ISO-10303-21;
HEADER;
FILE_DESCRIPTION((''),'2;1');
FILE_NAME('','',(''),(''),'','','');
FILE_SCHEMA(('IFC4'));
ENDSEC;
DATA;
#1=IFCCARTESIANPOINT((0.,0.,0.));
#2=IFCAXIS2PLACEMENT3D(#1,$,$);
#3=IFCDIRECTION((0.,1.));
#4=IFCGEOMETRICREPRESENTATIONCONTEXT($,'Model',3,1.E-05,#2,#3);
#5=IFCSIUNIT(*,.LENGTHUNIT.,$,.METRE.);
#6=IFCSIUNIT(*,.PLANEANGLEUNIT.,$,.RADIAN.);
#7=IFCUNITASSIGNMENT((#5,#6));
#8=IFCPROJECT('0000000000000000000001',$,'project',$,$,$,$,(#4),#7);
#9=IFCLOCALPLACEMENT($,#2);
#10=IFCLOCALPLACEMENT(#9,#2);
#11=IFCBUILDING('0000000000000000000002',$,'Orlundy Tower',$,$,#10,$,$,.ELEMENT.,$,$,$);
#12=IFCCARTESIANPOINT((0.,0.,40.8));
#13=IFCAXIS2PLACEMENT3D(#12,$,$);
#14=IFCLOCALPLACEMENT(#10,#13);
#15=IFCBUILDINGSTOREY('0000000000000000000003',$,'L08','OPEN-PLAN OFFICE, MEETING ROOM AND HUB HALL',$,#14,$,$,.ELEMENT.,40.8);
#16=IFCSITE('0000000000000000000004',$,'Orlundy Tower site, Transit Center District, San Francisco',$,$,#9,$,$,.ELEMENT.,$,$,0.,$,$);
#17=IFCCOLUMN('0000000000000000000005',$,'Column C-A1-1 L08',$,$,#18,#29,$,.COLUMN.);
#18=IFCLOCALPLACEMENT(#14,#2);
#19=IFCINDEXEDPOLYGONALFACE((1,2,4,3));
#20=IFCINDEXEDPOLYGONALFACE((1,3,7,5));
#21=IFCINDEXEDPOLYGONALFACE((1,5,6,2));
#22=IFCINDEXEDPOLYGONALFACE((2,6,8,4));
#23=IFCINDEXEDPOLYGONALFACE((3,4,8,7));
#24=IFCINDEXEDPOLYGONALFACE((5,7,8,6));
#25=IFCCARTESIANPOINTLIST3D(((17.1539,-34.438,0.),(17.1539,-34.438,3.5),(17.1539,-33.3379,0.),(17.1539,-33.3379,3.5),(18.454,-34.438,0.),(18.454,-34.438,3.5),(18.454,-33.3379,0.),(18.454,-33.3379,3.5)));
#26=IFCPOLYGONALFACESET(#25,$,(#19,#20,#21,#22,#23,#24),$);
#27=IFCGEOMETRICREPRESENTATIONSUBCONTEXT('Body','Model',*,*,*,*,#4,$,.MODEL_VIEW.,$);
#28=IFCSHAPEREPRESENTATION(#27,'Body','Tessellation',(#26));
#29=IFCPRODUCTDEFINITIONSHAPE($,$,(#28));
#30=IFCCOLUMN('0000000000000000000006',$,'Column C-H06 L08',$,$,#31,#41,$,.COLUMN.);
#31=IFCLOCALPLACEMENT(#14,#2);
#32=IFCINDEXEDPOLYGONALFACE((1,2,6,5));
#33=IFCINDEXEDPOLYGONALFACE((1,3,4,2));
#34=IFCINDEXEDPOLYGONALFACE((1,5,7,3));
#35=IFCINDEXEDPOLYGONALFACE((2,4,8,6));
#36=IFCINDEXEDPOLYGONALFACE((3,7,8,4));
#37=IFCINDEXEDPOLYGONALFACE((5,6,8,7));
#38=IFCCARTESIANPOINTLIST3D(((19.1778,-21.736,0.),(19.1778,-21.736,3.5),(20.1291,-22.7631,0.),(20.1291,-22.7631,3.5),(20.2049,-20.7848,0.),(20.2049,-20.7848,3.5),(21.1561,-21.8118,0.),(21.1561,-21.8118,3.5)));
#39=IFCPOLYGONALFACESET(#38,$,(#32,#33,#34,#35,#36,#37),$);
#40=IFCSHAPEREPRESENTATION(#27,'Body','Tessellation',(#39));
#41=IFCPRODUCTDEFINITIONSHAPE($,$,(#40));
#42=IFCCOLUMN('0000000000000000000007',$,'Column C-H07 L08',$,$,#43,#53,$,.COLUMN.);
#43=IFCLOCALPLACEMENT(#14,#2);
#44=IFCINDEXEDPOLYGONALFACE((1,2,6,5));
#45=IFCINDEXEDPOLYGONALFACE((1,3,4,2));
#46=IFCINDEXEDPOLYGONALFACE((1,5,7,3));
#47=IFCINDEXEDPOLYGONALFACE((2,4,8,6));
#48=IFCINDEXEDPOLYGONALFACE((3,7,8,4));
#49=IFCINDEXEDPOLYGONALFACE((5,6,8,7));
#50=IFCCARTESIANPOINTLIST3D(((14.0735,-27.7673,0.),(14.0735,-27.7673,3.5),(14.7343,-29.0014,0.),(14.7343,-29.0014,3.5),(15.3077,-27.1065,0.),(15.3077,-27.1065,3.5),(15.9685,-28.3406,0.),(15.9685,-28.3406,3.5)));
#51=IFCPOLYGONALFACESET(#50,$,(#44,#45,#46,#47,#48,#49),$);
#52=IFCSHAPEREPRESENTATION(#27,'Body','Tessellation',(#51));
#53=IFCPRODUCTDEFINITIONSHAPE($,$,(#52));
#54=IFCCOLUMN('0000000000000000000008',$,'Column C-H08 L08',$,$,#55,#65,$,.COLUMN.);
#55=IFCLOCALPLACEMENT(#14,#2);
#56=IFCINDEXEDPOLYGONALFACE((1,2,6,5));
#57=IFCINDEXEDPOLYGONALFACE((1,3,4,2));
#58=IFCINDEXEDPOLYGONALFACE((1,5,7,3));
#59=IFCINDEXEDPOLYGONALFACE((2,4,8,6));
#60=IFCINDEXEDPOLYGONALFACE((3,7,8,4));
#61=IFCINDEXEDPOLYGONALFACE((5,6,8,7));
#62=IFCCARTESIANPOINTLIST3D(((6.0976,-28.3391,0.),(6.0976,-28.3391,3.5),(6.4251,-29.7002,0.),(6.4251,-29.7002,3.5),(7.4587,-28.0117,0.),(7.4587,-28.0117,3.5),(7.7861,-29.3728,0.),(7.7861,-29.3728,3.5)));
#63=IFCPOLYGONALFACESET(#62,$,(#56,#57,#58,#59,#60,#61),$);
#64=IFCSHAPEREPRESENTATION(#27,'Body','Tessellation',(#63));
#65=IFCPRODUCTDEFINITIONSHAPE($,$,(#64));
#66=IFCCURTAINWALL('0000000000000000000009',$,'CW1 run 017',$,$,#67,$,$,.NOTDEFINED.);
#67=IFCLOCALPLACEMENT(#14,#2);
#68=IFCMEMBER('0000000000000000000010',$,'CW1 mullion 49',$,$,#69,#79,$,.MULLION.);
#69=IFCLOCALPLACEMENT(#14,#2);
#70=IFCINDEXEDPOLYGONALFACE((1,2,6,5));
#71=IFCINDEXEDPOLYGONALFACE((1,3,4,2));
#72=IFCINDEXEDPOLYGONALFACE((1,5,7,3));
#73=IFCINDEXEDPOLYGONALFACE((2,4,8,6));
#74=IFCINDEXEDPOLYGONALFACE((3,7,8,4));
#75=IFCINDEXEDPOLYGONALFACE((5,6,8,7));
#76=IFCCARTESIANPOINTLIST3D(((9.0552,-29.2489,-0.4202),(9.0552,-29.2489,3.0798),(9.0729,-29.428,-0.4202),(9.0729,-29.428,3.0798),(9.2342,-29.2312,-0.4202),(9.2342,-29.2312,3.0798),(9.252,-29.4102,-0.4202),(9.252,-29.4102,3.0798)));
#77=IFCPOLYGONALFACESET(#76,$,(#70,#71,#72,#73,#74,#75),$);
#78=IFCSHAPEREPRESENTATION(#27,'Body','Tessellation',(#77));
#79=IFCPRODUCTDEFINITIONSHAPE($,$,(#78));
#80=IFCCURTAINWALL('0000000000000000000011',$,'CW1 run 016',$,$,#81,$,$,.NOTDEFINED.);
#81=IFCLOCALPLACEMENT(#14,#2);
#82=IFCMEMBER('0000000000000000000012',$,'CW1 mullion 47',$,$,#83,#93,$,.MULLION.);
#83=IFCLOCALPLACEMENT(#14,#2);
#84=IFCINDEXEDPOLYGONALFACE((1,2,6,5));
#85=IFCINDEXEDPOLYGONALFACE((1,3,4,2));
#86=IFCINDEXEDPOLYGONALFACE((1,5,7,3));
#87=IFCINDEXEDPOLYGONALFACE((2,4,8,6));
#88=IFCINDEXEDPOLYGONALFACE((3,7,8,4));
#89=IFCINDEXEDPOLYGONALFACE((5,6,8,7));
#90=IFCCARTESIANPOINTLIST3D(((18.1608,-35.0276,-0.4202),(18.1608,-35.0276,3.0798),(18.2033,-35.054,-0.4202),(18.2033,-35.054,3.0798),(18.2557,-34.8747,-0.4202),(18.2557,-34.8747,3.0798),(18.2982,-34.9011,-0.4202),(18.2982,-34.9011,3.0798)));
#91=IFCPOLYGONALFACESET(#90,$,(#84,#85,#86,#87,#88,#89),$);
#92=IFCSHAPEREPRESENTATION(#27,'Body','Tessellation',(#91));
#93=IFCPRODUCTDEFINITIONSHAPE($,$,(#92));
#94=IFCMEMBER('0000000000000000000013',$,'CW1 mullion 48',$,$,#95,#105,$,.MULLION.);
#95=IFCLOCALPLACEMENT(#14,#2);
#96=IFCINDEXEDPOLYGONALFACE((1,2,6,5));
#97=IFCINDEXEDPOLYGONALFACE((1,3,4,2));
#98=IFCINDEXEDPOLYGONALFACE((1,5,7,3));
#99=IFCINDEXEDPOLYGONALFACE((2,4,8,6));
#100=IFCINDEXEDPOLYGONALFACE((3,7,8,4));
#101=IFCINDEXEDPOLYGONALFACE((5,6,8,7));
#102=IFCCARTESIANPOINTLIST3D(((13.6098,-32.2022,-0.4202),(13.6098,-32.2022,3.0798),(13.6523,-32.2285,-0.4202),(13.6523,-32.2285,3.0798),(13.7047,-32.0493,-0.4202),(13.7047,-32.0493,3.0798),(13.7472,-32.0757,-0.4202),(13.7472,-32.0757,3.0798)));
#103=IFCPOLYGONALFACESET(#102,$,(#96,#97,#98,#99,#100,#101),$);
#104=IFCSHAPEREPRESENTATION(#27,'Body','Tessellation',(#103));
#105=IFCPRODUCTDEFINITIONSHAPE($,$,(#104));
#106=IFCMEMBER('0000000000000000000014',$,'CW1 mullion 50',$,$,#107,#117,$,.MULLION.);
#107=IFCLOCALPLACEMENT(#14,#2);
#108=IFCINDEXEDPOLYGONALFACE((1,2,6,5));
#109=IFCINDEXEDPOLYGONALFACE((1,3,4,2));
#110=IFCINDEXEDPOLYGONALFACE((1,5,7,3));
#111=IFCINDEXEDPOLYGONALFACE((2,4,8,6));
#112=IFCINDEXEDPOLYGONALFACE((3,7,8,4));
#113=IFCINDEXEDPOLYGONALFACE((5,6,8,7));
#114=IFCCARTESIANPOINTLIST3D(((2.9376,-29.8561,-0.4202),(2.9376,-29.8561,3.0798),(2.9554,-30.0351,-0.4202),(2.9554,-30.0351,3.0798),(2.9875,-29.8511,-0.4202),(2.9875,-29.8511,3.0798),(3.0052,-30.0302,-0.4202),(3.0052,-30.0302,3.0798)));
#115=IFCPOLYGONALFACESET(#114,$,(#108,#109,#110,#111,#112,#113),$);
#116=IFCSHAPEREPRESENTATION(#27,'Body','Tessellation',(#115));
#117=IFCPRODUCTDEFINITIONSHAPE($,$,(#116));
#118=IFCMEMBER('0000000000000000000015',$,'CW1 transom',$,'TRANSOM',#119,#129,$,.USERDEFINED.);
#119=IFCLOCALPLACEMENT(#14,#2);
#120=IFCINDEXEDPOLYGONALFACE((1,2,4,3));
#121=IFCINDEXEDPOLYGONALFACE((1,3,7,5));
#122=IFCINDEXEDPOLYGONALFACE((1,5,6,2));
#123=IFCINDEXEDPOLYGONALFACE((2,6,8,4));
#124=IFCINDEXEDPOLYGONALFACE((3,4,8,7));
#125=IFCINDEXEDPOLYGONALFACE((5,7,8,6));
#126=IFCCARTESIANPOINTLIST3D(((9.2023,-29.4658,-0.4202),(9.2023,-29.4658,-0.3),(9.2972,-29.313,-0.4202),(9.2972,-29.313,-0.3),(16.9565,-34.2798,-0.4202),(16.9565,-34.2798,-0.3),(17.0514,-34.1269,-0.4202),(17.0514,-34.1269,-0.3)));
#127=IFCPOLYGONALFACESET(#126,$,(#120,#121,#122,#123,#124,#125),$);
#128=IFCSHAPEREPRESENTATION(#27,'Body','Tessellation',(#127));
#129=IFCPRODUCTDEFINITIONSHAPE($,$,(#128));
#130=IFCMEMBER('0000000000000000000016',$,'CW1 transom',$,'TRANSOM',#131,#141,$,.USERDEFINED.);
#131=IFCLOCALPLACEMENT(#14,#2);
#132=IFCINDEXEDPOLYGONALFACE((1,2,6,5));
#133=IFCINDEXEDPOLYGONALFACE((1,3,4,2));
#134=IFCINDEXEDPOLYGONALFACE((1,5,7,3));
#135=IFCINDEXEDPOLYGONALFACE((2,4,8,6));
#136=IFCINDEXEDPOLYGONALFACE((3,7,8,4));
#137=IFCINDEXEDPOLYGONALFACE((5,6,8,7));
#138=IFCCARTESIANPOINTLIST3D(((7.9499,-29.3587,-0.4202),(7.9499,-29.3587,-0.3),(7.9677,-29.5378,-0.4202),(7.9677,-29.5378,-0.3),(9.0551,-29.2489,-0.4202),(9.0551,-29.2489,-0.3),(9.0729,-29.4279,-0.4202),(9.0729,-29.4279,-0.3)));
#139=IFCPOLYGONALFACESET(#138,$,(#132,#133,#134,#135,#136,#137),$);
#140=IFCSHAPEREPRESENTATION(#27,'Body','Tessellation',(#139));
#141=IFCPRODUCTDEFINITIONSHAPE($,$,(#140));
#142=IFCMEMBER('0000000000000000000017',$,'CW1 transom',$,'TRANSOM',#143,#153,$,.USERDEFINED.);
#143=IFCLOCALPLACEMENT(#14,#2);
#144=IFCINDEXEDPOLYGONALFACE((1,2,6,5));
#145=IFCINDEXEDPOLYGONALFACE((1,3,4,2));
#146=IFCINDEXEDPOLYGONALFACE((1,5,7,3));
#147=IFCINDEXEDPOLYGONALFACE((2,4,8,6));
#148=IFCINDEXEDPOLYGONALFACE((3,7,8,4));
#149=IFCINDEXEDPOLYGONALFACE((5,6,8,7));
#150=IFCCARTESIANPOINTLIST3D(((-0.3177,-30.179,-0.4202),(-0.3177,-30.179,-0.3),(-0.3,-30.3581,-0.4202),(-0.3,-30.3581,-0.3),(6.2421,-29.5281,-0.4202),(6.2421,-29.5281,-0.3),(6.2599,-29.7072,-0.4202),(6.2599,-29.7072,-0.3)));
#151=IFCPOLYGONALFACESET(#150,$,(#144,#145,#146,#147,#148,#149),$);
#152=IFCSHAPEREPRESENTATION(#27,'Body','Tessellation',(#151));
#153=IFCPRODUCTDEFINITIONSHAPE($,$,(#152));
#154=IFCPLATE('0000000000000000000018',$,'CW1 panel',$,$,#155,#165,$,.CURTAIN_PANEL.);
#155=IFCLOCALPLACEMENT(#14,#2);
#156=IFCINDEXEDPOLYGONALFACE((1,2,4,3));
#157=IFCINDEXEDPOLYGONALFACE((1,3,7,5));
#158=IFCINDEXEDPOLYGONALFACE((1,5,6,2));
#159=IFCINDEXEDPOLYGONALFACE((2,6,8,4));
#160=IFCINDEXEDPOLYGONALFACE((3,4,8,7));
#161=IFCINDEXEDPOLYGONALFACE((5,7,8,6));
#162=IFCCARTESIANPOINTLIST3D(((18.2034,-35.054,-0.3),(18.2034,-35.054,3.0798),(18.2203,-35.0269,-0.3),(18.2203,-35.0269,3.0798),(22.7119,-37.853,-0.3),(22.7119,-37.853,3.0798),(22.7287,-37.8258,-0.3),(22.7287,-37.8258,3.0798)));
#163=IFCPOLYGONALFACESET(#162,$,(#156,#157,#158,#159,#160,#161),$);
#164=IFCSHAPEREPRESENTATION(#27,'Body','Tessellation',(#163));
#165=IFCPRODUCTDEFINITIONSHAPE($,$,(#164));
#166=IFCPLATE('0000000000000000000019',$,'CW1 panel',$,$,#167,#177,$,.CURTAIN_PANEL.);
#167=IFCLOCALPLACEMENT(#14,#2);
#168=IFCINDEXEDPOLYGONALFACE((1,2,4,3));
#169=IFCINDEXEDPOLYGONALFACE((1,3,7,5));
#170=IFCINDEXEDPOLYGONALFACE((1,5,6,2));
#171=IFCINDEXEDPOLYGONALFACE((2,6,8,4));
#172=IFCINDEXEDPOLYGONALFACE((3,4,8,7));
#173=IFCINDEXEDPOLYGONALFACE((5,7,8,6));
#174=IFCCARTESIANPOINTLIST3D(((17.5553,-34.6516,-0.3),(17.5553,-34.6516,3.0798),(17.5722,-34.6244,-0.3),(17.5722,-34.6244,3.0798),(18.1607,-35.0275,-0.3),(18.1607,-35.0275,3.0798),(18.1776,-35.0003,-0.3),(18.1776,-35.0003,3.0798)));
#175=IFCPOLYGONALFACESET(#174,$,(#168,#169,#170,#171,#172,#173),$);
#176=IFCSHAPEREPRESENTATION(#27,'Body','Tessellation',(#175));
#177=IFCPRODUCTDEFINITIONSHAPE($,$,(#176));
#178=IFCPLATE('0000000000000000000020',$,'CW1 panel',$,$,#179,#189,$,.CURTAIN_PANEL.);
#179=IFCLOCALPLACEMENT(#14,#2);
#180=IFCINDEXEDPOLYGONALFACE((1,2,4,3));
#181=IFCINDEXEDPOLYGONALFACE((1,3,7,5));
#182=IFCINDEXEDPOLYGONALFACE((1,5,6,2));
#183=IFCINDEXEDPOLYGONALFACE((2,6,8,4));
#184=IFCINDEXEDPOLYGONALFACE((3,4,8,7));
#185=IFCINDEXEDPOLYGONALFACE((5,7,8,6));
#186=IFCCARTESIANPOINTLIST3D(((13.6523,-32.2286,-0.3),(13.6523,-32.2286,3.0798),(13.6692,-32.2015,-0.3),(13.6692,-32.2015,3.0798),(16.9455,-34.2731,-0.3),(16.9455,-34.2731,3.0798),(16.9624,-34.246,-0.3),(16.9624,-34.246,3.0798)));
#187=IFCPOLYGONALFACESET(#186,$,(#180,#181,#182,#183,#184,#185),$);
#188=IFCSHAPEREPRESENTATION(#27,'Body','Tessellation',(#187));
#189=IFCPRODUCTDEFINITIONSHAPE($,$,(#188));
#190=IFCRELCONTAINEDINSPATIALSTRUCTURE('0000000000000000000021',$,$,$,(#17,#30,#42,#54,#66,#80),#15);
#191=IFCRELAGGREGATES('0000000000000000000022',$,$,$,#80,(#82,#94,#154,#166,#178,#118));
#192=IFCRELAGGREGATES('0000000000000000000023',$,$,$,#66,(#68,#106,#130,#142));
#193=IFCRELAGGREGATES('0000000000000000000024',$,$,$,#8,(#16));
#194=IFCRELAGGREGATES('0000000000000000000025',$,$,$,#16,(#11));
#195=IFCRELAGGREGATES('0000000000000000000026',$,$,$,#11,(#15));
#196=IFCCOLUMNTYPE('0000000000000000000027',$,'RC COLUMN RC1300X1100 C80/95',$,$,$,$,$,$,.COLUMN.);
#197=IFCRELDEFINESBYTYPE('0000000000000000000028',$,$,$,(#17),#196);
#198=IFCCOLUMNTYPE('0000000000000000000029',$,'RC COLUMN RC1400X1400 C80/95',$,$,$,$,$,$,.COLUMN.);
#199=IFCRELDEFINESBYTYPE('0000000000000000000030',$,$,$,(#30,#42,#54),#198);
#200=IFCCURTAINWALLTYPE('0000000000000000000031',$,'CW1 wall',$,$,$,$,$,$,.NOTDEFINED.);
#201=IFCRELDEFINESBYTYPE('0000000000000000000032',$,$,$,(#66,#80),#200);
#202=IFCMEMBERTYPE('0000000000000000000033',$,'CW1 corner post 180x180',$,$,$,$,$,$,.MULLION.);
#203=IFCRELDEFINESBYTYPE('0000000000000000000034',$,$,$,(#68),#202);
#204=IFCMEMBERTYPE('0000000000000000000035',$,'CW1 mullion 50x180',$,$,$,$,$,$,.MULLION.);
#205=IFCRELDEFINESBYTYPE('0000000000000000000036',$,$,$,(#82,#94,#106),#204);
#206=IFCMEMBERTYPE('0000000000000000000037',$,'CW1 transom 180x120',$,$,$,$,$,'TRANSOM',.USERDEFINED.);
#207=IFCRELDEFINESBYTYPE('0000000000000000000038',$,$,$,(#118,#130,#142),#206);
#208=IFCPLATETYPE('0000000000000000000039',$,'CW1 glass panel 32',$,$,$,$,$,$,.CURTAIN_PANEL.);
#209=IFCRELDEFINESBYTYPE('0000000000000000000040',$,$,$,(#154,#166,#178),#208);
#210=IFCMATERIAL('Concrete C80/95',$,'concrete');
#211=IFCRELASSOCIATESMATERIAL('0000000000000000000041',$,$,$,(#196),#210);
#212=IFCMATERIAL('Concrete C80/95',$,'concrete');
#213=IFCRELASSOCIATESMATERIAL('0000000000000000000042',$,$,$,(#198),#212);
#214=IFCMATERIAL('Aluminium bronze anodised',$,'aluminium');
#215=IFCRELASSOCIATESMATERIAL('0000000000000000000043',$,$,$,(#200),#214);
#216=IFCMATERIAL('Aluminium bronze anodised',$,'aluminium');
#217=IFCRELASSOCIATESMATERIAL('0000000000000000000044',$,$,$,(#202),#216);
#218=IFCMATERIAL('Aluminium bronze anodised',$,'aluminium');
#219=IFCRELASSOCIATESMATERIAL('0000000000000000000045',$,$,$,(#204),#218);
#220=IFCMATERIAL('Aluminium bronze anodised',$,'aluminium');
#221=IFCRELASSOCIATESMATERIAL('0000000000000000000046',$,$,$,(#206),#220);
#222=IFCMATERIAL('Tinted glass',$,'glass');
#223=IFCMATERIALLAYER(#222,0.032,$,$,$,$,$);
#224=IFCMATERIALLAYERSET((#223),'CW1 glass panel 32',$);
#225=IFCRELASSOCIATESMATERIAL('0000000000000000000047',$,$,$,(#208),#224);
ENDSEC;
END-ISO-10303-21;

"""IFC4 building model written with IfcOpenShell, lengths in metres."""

from ifc_helpers import new_model, si_unit, direction, frame, origin, origin_2d, place, context, subcontext, project, spatial, rectangle, extrude, material, layer, layer_set, material_profile, profile_set, type_object, element, aggregate, save


model = new_model("IFC4")

# Units and contexts
model_context = context("Model", 3, precision=1e-05, world=origin(), true_north=direction((0.0, 1.0)))
body_context = subcontext(model_context, "Body", "Model", "MODEL_VIEW")
ifc_project = project(units=[si_unit("LENGTHUNIT", "METRE"), si_unit("PLANEANGLEUNIT", "RADIAN")], contexts=[model_context])

# Site, building, storey
site_placement = place(None, origin())
site = spatial("IfcSite", under=ifc_project, at=site_placement, Name="Orlundy Tower site, Transit Center District, San Francisco", CompositionType="ELEMENT", RefElevation=0.0)
building_placement = place(site_placement, origin())
building = spatial("IfcBuilding", under=site, at=building_placement, Name="Orlundy Tower", CompositionType="ELEMENT")
storey_placement = place(building_placement, frame((0.0, 0.0, 40.8)))
storey = spatial("IfcBuildingStorey", under=building, at=storey_placement, Name="L08", Description="OPEN-PLAN OFFICE, MEETING ROOM AND HUB HALL", CompositionType="ELEMENT", Elevation=40.8)

# Columns
ifc_material_1 = material(Name="Concrete C80/95", Category="concrete")
ifc_material_profile_1 = material_profile(ifc_material_1, rectangle(XDim=1.3, YDim=1.1001, at=origin_2d()), Name="RC1300X1100")
ifc_profile_set_1 = profile_set([ifc_material_profile_1], Name="Concrete C80/95")
column_type_1 = type_object("IfcColumnType", Name="RC COLUMN RC1300X1100 C80/95", PredefinedType="COLUMN", material=ifc_profile_set_1)
column_placement = place(storey_placement, frame((17.804, -33.8879, 0.0), z_axis=(0.0, 0.0, 1.0), x_axis=(1.0, 0.0, 0.0)))
element("IfcColumn", 1, at=column_placement, inside=storey, type_object=column_type_1, Name="Column C-A1-1 L08", PredefinedType="COLUMN", context=body_context, shape_type="SweptSolid", body=[
    extrude(rectangle(XDim=1.3, YDim=1.1001, at=origin_2d()), origin(), (0.0, 0.0, 1.0), 3.5),
])
ifc_material_2 = material(Name="Concrete C80/95", Category="concrete")
ifc_material_profile_2 = material_profile(ifc_material_2, rectangle(XDim=1.3999, YDim=1.3999, at=origin_2d()), Name="RC1400X1400")
ifc_profile_set_2 = profile_set([ifc_material_profile_2], Name="Concrete C80/95")
column_type_2 = type_object("IfcColumnType", Name="RC COLUMN RC1400X1400 C80/95", PredefinedType="COLUMN", material=ifc_profile_set_2)
for number, where, z_axis, x_axis, name in (
    (2, (20.167, -21.7739, 0.0), (0.0, 0.0, 1.0), (0.679518, -0.733659, 0.0), "Column C-H06 L08"),
    (3, (15.021, -28.054, 0.0), (0.0, 0.0, 1.0), (0.472028, -0.881584, 0.0), "Column C-H07 L08"),
    (4, (6.9419, -28.856, 0.0), (0.0, 0.0, 1.0), (0.233904, -0.97226, 0.0), "Column C-H08 L08"),
):
    element("IfcColumn", number, at=place(storey_placement, frame(where, z_axis=z_axis, x_axis=x_axis)), inside=storey, type_object=column_type_2, Name=name, PredefinedType="COLUMN", context=body_context, shape_type="SweptSolid", body=[
        extrude(rectangle(XDim=1.3999, YDim=1.3999, at=origin_2d()), origin(), (0.0, 0.0, 1.0), 3.5),
    ])

# Curtain wall, member
ifc_material_3 = material(Name="Aluminium bronze anodised", Category="aluminium")
curtain_wall_type = type_object("IfcCurtainWallType", Name="CW1 wall", PredefinedType="NOTDEFINED", material=ifc_material_3)
curtain_wall_1_placement = place(storey_placement, origin())
curtain_wall_1 = element("IfcCurtainWall", 5, at=curtain_wall_1_placement, inside=storey, type_object=curtain_wall_type, Name="CW1 run 017", PredefinedType="NOTDEFINED")
ifc_material_4 = material(Name="Aluminium bronze anodised", Category="aluminium")
ifc_material_profile_3 = material_profile(ifc_material_4, rectangle(XDim=0.1799, YDim=0.1799, at=origin_2d()), Name="CW1 corner post 180x180")
ifc_profile_set_3 = profile_set([ifc_material_profile_3], Name="Aluminium bronze anodised")
member_type_1 = type_object("IfcMemberType", Name="CW1 corner post 180x180", PredefinedType="MULLION", material=ifc_profile_set_3)
member_1_placement = place(storey_placement, frame((9.1536, -29.3296, -0.4202), z_axis=(0.0, 0.0, 1.0), x_axis=(0.09875, -0.995112, 0.0)))
member_1 = element("IfcMember", 6, at=member_1_placement, type_object=member_type_1, Name="CW1 mullion 49", PredefinedType="MULLION", context=body_context, shape_type="SweptSolid", body=[
    extrude(rectangle(XDim=0.1799, YDim=0.1799, at=origin_2d()), origin(), (0.0, 0.0, 1.0), 3.5),
])

# Curtain wall, members
curtain_wall_2_placement = place(storey_placement, origin())
curtain_wall_2 = element("IfcCurtainWall", 7, at=curtain_wall_2_placement, inside=storey, type_object=curtain_wall_type, Name="CW1 run 016", PredefinedType="NOTDEFINED")
ifc_material_5 = material(Name="Aluminium bronze anodised", Category="aluminium")
ifc_material_profile_4 = material_profile(ifc_material_5, rectangle(XDim=0.1799, YDim=0.05, at=origin_2d()), Name="CW1 mullion 50x180")
ifc_profile_set_4 = profile_set([ifc_material_profile_4], Name="Aluminium bronze anodised")
member_type_2 = type_object("IfcMemberType", Name="CW1 mullion 50x180", PredefinedType="MULLION", material=ifc_profile_set_4)
member_2_placement = place(storey_placement, frame((18.2295, -34.9644, -0.4202), z_axis=(0.0, 0.0, 1.0), x_axis=(-0.527449, -0.849587, 0.0)))
member_2 = element("IfcMember", 8, at=member_2_placement, type_object=member_type_2, Name="CW1 mullion 47", PredefinedType="MULLION", context=body_context, shape_type="SweptSolid", body=[
    extrude(rectangle(XDim=0.1799, YDim=0.05, at=origin_2d()), origin(), (0.0, 0.0, 1.0), 3.5),
])
member_3_placement = place(storey_placement, frame((13.6785, -32.1389, -0.4202), z_axis=(0.0, 0.0, 1.0), x_axis=(-0.527449, -0.849587, 0.0)))
member_3 = element("IfcMember", 9, at=member_3_placement, type_object=member_type_2, Name="CW1 mullion 48", PredefinedType="MULLION", context=body_context, shape_type="SweptSolid", body=[
    extrude(rectangle(XDim=0.1799, YDim=0.05, at=origin_2d()), origin(), (0.0, 0.0, 1.0), 3.5),
])

# Members
member_4_placement = place(storey_placement, frame((2.9714, -29.9431, -0.4202), z_axis=(0.0, 0.0, 1.0), x_axis=(0.09875, -0.995112, 0.0)))
member_4 = element("IfcMember", 10, at=member_4_placement, type_object=member_type_2, Name="CW1 mullion 50", PredefinedType="MULLION", context=body_context, shape_type="SweptSolid", body=[
    extrude(rectangle(XDim=0.1799, YDim=0.05, at=origin_2d()), origin(), (0.0, 0.0, 1.0), 3.5),
])
ifc_material_6 = material(Name="Aluminium bronze anodised", Category="aluminium")
ifc_material_profile_5 = material_profile(ifc_material_6, rectangle(XDim=0.1799, YDim=0.1201, at=origin_2d()), Name="CW1 transom 180x120")
ifc_profile_set_5 = profile_set([ifc_material_profile_5], Name="Aluminium bronze anodised")
member_type_3 = type_object("IfcMemberType", Name="CW1 transom 180x120", ElementType="TRANSOM", PredefinedType="USERDEFINED", material=ifc_profile_set_5)
member_5_placement = place(storey_placement, frame((17.0039, -34.2034, -0.3601), z_axis=(-0.849589, 0.527445, 0.0), x_axis=(-0.527445, -0.849589, 0.0)))
member_5 = element("IfcMember", 11, at=member_5_placement, type_object=member_type_3, Name="CW1 transom", ObjectType="TRANSOM", PredefinedType="USERDEFINED", context=body_context, shape_type="SweptSolid", body=[
    extrude(rectangle(XDim=0.1799, YDim=0.1201, at=origin_2d()), origin(), (0.0, 0.0, 1.0), 9.127),
])
member_6_placement = place(storey_placement, frame((9.064, -29.3384, -0.3601), z_axis=(-0.995096, -0.098916, 0.0), x_axis=(0.098916, -0.995096, 0.0)))
member_6 = element("IfcMember", 12, at=member_6_placement, type_object=member_type_3, Name="CW1 transom", ObjectType="TRANSOM", PredefinedType="USERDEFINED", context=body_context, shape_type="SweptSolid", body=[
    extrude(rectangle(XDim=0.1799, YDim=0.1201, at=origin_2d()), origin(), (0.0, 0.0, 1.0), 1.1106),
])
member_7_placement = place(storey_placement, frame((6.251, -29.6177, -0.3601), z_axis=(-0.995114, -0.098737, 0.0), x_axis=(0.098737, -0.995114, 0.0)))
member_7 = element("IfcMember", 13, at=member_7_placement, type_object=member_type_3, Name="CW1 transom", ObjectType="TRANSOM", PredefinedType="USERDEFINED", context=body_context, shape_type="SweptSolid", body=[
    extrude(rectangle(XDim=0.1799, YDim=0.1201, at=origin_2d()), origin(), (0.0, 0.0, 1.0), 6.592),
])

# Plates
ifc_material_7 = material(Name="Tinted glass", Category="glass")
ifc_layer_1 = layer(ifc_material_7, 0.032)
ifc_layer_set_1 = layer_set([ifc_layer_1], Name="CW1 glass panel 32")
plate_type = type_object("IfcPlateType", Name="CW1 glass panel 32", PredefinedType="CURTAIN_PANEL", material=ifc_layer_set_1)
plate_1_placement = place(storey_placement, frame((20.4661, -36.4399, -0.3), z_axis=(0.0, 0.0, 1.0), x_axis=(-0.849587, 0.527449, 0.0)))
plate_1 = element("IfcPlate", 14, at=plate_1_placement, type_object=plate_type, Name="CW1 panel", PredefinedType="CURTAIN_PANEL", context=body_context, shape_type="SweptSolid", body=[
    extrude(rectangle(XDim=5.3066, YDim=0.032, at=origin_2d()), origin(), (0.0, 0.0, 1.0), 3.3799),
])
plate_2_placement = place(storey_placement, frame((17.8665, -34.8259, -0.3), z_axis=(0.0, 0.0, 1.0), x_axis=(-0.849587, 0.527449, 0.0)))
plate_2 = element("IfcPlate", 15, at=plate_2_placement, type_object=plate_type, Name="CW1 panel", PredefinedType="CURTAIN_PANEL", context=body_context, shape_type="SweptSolid", body=[
    extrude(rectangle(XDim=0.7126, YDim=0.032, at=origin_2d()), origin(), (0.0, 0.0, 1.0), 3.3799),
])
plate_3_placement = place(storey_placement, frame((15.3074, -33.2373, -0.3), z_axis=(0.0, 0.0, 1.0), x_axis=(-0.849587, 0.527449, 0.0)))
plate_3 = element("IfcPlate", 16, at=plate_3_placement, type_object=plate_type, Name="CW1 panel", PredefinedType="CURTAIN_PANEL", context=body_context, shape_type="SweptSolid", body=[
    extrude(rectangle(XDim=3.8762, YDim=0.032, at=origin_2d()), origin(), (0.0, 0.0, 1.0), 3.3799),
])
aggregate(curtain_wall_2, [member_2, member_3, plate_1, plate_2, plate_3, member_5])
aggregate(curtain_wall_1, [member_1, member_4, member_6, member_7])

save(model, "model.ifc")
